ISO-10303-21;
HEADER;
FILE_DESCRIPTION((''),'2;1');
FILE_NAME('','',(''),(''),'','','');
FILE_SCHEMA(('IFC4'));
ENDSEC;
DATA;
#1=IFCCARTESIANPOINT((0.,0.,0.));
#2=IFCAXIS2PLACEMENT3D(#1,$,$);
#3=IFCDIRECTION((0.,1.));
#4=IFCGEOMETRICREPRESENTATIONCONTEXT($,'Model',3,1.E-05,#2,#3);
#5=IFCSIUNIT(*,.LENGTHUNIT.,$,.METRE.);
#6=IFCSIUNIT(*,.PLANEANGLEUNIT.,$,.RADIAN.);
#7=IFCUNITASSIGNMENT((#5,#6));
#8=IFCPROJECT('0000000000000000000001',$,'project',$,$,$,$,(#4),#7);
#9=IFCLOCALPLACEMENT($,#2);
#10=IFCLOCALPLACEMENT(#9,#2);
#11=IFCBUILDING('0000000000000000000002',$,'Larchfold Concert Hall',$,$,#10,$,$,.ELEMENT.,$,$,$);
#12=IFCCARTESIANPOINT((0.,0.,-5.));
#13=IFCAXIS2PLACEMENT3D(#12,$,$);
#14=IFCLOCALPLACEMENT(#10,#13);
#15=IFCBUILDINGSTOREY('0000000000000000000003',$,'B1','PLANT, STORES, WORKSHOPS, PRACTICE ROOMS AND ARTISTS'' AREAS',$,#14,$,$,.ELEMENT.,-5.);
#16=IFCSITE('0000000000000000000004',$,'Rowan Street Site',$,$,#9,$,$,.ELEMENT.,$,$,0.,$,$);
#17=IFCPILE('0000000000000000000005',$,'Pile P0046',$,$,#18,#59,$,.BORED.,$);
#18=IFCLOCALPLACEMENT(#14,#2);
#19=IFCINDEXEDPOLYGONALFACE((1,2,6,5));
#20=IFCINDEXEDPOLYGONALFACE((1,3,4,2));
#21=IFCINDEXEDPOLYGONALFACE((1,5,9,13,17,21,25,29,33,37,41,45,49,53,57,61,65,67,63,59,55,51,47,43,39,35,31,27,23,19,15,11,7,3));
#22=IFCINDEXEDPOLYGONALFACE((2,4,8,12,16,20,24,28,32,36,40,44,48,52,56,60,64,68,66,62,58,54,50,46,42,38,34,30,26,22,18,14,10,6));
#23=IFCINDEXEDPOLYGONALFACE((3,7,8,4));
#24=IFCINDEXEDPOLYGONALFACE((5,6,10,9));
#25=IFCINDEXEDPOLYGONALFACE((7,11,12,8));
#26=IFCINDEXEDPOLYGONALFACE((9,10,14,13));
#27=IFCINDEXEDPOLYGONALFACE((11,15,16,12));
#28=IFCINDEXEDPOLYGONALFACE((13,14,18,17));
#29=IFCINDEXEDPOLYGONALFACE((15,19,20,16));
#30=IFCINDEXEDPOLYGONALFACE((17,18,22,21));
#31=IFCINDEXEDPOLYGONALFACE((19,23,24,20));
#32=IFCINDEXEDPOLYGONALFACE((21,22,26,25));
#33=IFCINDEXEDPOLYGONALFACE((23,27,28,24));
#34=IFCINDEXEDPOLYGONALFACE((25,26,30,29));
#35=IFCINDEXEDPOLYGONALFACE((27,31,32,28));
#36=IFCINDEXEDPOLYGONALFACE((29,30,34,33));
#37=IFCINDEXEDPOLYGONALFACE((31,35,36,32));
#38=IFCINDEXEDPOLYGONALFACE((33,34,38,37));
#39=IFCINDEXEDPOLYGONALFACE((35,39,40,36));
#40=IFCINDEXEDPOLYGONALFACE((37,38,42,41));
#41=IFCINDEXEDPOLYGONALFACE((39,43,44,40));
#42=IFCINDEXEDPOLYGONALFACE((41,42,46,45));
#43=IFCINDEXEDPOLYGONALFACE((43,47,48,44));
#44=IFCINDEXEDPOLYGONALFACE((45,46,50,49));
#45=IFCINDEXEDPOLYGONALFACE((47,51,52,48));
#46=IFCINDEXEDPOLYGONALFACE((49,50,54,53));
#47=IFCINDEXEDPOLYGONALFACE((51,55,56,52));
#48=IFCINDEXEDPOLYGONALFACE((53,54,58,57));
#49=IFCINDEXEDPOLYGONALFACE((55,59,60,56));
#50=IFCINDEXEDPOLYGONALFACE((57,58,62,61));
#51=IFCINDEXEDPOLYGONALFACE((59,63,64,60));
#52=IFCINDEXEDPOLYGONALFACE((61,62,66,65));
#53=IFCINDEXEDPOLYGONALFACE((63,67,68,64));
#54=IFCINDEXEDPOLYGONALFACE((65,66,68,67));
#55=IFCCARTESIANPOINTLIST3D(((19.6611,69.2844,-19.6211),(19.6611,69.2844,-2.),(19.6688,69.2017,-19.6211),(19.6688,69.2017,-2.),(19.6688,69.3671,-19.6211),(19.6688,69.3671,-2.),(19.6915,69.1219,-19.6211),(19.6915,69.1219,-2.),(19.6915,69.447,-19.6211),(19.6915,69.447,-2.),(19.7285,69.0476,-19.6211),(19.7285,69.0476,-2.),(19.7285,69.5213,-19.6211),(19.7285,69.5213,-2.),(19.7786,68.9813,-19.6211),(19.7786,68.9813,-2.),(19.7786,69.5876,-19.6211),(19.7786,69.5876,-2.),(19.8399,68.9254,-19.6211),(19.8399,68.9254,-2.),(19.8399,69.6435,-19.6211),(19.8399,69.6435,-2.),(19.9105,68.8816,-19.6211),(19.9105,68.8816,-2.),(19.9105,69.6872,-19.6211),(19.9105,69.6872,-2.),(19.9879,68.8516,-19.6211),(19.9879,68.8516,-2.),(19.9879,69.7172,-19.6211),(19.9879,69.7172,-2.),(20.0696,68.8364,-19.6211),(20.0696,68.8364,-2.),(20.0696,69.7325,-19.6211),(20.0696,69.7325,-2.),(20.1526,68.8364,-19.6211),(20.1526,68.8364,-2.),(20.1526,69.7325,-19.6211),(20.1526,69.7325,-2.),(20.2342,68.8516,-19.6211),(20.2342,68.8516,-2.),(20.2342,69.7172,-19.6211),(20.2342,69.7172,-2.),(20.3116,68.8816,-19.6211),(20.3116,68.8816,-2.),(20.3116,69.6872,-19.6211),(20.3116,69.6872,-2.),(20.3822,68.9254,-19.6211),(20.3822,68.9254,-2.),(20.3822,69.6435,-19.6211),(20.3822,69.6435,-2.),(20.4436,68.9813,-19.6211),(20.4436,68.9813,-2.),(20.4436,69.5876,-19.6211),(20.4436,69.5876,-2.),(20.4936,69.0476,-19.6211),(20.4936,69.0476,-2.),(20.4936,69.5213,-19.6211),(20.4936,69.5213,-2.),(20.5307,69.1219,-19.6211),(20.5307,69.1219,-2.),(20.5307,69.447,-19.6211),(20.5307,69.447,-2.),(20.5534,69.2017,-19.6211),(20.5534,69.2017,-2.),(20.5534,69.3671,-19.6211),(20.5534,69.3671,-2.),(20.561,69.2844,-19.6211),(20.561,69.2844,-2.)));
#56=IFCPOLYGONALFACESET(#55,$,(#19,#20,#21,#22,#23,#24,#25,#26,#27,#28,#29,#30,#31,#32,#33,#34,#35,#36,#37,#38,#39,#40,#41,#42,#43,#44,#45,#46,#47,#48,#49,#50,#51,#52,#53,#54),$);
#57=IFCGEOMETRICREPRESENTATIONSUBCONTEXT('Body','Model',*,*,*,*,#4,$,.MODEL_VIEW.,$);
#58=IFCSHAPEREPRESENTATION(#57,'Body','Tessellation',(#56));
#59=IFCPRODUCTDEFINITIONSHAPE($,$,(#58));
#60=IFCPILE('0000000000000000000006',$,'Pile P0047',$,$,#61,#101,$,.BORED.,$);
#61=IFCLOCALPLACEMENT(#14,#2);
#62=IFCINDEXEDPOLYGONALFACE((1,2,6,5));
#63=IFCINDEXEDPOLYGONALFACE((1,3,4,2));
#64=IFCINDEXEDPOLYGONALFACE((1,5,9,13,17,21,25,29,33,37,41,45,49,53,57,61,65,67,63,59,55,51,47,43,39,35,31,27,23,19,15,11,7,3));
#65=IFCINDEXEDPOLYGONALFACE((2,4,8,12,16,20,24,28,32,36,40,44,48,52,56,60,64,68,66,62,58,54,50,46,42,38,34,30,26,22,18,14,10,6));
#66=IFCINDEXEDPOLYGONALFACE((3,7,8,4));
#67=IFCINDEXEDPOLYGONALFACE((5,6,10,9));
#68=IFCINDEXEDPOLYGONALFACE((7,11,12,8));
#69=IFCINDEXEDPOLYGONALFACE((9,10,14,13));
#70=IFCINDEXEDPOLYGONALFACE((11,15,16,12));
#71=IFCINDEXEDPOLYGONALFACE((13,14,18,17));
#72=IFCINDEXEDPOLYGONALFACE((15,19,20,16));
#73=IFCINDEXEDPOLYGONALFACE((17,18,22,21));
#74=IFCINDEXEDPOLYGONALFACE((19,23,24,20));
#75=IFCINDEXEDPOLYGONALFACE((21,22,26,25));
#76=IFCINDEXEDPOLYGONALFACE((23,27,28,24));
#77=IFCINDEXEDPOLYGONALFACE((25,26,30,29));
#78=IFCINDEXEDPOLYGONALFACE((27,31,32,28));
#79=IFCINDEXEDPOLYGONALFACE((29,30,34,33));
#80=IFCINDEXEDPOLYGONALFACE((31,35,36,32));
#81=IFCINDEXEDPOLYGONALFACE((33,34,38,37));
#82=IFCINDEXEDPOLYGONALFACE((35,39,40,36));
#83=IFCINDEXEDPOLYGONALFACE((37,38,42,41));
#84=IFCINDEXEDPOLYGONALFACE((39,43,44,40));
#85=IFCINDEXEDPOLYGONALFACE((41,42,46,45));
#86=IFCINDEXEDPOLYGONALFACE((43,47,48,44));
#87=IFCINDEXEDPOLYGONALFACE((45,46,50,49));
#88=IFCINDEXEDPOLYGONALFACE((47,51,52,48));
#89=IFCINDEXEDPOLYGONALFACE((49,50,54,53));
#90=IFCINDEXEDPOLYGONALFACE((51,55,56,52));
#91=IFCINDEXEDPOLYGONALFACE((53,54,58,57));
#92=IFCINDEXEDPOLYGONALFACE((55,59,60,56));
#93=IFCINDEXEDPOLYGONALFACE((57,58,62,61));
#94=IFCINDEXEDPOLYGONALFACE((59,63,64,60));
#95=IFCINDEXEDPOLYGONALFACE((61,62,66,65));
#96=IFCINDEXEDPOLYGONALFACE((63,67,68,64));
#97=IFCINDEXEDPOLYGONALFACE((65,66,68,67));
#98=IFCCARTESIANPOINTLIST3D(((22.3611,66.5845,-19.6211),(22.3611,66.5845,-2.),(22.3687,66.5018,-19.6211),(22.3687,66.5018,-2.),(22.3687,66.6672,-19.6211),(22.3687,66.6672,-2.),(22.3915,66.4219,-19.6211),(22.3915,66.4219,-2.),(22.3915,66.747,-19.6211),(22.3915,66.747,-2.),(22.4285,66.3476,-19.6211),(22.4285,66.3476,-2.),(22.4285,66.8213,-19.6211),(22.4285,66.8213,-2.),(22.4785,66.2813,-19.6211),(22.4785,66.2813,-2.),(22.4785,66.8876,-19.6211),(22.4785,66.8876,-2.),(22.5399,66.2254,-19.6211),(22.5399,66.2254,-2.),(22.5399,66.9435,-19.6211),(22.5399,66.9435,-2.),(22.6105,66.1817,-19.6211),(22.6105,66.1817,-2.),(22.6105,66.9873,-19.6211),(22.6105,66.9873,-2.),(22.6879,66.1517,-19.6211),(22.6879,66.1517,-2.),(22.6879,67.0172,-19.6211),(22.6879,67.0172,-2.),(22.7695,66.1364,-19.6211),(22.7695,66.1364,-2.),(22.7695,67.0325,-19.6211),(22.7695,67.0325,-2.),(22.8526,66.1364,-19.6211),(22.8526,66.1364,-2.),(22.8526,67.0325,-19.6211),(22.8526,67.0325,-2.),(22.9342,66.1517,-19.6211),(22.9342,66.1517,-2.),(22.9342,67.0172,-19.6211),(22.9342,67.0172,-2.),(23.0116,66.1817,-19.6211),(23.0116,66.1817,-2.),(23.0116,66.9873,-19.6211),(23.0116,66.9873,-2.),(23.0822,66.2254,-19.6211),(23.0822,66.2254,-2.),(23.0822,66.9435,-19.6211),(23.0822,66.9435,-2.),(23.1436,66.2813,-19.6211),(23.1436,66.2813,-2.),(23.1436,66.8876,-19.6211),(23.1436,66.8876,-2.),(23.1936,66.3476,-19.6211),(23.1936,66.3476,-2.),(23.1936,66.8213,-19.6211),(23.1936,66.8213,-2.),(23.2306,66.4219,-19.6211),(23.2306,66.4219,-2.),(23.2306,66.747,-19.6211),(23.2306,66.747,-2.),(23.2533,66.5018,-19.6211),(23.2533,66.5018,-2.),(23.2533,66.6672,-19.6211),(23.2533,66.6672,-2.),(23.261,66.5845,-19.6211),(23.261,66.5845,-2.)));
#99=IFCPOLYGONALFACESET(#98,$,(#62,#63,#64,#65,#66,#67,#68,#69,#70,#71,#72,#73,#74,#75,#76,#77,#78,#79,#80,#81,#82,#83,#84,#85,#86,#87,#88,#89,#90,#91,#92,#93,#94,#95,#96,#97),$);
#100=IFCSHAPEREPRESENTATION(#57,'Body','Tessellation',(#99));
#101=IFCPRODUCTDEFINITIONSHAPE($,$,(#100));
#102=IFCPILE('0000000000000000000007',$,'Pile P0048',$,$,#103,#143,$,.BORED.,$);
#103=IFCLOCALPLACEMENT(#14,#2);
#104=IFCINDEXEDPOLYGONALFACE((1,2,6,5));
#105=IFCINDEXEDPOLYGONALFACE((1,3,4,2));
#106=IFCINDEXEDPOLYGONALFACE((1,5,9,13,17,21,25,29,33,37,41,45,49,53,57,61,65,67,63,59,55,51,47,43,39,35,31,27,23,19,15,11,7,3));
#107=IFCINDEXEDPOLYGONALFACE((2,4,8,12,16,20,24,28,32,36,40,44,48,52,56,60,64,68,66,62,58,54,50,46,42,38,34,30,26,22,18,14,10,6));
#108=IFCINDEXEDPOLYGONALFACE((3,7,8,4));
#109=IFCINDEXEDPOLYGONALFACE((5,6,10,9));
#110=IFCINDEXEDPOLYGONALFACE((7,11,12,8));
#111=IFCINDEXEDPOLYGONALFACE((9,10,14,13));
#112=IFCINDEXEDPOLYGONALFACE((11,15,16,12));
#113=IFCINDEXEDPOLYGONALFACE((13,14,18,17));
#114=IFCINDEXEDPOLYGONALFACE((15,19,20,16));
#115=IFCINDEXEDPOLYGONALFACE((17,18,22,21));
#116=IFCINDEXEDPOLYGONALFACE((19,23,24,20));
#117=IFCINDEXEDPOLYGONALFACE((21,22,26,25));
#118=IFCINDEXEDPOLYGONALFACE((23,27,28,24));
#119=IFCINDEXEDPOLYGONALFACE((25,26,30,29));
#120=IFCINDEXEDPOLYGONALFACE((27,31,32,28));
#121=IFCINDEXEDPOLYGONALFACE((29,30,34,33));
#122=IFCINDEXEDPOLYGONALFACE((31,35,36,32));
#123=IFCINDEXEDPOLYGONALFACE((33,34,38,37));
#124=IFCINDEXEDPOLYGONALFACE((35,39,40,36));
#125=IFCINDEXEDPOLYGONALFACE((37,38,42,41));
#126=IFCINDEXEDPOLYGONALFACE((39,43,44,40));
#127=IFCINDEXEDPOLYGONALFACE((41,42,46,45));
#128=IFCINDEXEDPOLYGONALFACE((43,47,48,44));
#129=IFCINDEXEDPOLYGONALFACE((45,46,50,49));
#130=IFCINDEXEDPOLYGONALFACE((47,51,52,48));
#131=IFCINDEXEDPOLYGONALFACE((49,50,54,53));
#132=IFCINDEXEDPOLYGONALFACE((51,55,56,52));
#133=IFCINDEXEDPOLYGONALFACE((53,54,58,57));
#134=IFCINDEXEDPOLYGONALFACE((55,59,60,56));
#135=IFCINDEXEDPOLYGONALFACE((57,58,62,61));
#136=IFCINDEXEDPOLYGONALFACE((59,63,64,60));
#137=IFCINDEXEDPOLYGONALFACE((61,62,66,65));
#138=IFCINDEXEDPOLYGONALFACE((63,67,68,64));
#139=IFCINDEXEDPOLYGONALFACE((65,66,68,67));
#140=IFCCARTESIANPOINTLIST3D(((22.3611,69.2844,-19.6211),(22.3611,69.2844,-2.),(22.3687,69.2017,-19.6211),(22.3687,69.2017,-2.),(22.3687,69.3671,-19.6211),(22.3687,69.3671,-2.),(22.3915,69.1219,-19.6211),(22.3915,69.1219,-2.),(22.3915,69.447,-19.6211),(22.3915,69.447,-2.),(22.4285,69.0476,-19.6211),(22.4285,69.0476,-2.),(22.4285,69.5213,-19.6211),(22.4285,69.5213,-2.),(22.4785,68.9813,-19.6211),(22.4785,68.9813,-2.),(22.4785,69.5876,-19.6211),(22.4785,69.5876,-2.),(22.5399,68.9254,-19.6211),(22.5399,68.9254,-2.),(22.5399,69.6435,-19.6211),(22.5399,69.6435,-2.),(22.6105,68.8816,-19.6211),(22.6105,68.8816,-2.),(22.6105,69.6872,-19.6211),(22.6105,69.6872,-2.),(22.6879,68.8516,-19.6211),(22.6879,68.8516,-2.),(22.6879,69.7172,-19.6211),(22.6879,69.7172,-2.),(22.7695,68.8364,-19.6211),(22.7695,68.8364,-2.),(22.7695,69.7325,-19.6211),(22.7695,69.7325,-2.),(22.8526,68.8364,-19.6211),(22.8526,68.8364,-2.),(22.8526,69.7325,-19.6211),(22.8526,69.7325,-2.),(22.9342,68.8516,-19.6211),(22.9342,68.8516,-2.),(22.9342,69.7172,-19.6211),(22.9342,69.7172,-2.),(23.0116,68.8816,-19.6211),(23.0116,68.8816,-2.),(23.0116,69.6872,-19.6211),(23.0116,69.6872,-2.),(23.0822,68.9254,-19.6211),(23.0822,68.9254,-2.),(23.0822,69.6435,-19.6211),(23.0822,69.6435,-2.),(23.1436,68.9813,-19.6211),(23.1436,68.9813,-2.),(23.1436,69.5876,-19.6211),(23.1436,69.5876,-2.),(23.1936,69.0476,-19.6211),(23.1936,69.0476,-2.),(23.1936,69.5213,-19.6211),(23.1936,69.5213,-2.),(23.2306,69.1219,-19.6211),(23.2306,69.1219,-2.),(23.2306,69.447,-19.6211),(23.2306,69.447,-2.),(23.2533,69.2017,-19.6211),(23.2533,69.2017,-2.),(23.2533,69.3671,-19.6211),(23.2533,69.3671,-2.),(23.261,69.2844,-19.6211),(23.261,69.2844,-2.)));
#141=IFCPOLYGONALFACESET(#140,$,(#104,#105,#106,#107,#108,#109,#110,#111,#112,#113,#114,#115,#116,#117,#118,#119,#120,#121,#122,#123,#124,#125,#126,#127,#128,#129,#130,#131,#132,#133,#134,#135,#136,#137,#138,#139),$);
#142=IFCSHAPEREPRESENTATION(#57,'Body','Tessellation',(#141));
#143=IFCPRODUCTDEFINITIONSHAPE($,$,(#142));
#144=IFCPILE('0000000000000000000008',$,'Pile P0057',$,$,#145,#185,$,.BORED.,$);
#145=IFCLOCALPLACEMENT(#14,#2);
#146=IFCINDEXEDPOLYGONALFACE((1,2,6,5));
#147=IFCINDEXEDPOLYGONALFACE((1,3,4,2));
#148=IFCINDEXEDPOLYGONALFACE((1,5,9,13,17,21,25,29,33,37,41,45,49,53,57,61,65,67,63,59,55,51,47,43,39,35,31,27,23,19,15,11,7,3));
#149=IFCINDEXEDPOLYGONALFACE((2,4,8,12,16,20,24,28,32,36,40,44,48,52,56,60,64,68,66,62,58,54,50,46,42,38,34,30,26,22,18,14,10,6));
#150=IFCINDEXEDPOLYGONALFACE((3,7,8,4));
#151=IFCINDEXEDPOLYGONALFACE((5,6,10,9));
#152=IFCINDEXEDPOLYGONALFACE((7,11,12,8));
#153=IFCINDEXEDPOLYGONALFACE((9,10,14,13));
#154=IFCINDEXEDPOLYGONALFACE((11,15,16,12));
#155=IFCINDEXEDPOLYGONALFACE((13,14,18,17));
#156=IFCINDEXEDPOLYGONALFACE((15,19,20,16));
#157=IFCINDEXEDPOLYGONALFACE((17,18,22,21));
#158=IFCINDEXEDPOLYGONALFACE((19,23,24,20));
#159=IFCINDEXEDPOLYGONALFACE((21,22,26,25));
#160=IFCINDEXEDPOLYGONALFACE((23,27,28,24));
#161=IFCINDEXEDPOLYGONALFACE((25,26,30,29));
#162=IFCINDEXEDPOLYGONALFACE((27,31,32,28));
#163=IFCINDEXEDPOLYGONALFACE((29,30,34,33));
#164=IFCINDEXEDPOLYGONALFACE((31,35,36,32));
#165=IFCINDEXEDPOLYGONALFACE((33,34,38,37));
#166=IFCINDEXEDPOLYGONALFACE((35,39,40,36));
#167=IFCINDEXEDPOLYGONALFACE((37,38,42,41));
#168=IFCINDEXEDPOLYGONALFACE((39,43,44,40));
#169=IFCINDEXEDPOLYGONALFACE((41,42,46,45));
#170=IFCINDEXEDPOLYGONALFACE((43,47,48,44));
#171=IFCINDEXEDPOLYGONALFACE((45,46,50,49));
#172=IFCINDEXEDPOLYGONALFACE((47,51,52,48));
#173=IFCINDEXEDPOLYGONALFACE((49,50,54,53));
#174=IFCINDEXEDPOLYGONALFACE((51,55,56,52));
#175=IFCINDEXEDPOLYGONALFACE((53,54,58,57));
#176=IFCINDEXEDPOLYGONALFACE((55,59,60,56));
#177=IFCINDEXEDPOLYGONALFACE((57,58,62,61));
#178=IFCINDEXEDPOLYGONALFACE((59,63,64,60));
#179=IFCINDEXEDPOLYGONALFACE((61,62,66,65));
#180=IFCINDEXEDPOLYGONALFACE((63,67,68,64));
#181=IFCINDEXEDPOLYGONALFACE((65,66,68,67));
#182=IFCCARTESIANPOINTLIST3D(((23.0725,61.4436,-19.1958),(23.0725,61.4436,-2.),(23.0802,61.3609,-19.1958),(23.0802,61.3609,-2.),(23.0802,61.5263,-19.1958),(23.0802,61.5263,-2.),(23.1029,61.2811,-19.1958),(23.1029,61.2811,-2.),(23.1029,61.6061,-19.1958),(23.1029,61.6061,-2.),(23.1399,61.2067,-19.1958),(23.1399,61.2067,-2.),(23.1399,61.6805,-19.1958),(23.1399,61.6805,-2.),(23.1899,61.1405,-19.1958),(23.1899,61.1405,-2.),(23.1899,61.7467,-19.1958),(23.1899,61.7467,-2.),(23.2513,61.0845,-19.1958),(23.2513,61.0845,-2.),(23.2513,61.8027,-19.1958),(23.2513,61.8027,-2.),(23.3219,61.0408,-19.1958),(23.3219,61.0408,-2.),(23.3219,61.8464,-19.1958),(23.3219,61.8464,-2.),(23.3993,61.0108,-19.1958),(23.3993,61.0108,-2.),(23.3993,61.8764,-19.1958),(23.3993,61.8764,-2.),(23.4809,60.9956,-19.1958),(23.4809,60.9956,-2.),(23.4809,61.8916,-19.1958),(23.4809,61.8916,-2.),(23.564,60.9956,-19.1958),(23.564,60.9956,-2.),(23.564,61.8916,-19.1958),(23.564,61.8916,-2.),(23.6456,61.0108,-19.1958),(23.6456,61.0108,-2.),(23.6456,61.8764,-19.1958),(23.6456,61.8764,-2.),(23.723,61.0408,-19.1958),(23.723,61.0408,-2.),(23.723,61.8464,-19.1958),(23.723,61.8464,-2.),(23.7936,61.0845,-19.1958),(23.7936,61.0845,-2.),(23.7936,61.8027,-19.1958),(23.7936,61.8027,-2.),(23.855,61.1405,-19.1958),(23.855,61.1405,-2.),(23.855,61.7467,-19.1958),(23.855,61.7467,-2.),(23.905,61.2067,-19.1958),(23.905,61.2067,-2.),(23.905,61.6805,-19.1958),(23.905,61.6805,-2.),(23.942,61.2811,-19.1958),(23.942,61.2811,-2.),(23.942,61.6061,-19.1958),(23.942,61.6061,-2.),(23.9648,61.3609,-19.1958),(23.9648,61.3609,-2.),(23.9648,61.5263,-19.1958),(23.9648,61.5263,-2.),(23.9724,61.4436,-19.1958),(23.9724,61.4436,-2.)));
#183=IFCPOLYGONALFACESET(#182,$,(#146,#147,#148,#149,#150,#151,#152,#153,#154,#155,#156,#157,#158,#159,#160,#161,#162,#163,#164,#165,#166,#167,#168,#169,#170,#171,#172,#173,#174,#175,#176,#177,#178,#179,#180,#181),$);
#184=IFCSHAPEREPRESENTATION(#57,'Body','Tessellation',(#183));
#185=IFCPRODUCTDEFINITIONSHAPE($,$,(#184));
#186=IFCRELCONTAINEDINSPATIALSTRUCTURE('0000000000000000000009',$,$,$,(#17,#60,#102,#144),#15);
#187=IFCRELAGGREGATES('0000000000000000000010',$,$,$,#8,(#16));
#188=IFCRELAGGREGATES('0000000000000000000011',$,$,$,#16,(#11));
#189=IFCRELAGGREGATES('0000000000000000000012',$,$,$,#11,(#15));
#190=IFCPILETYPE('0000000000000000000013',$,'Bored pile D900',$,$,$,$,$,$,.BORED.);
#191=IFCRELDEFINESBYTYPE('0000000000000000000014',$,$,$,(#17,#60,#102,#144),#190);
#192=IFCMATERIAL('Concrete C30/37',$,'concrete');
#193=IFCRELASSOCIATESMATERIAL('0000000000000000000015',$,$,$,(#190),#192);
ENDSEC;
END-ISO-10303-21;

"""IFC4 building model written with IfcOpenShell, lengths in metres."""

from ifc_helpers import new_model, si_unit, direction, frame, origin, origin_2d, place, context, subcontext, project, spatial, circle, extrude, material, material_profile, profile_set, type_object, element, save


model = new_model("IFC4")

# Units and contexts
model_context = context("Model", 3, precision=1e-05, world=origin(), true_north=direction((0.0, 1.0)))
body_context = subcontext(model_context, "Body", "Model", "MODEL_VIEW")
ifc_project = project(units=[si_unit("LENGTHUNIT", "METRE"), si_unit("PLANEANGLEUNIT", "RADIAN")], contexts=[model_context])

# Site, building, storey
site_placement = place(None, origin())
site = spatial("IfcSite", under=ifc_project, at=site_placement, Name="Rowan Street Site", CompositionType="ELEMENT", RefElevation=0.0)
building_placement = place(site_placement, origin())
building = spatial("IfcBuilding", under=site, at=building_placement, Name="Larchfold Concert Hall", CompositionType="ELEMENT")
storey_placement = place(building_placement, frame((0.0, 0.0, -5.0)))
storey = spatial("IfcBuildingStorey", under=building, at=storey_placement, Name="B1", Description="PLANT, STORES, WORKSHOPS, PRACTICE ROOMS AND ARTISTS' AREAS", CompositionType="ELEMENT", Elevation=-5.0)

# Piles
ifc_material_1 = material(Name="Concrete C30/37", Category="concrete")
ifc_material_profile_1 = material_profile(ifc_material_1, circle(Radius=0.45, at=origin_2d()))
ifc_profile_set_1 = profile_set([ifc_material_profile_1], Name="Concrete C30/37")
pile_type_1 = type_object("IfcPileType", Name="Bored pile D900", PredefinedType="BORED", material=ifc_profile_set_1)
for number, where, z_axis, x_axis, name in (
    (1, (20.1111, 69.2844, -2.0), (0.0, 0.0, -1.0), (1.0, 0.0, 0.0), "Pile P0046"),
    (2, (22.811, 66.5845, -2.0), (0.0, 0.0, -1.0), (1.0, 0.0, 0.0), "Pile P0047"),
    (3, (22.811, 69.2844, -2.0), (0.0, 0.0, -1.0), (1.0, 0.0, 0.0), "Pile P0048"),
):
    element("IfcPile", number, at=place(storey_placement, frame(where, z_axis=z_axis, x_axis=x_axis)), inside=storey, type_object=pile_type_1, Name=name, PredefinedType="BORED", context=body_context, shape_type="SweptSolid", body=[
        extrude(circle(Radius=0.45, at=origin_2d()), origin(), (0.0, 0.0, 1.0), 17.6211),
    ])
for number, where, z_axis, x_axis, name in (
    (4, (23.5225, 61.4436, -2.0), (0.0, 0.0, -1.0), (1.0, 0.0, 0.0), "Pile P0057"),
):
    element("IfcPile", number, at=place(storey_placement, frame(where, z_axis=z_axis, x_axis=x_axis)), inside=storey, type_object=pile_type_1, Name=name, PredefinedType="BORED", context=body_context, shape_type="SweptSolid", body=[
        extrude(circle(Radius=0.45, at=origin_2d()), origin(), (0.0, 0.0, 1.0), 17.1958),
    ])

save(model, "model.ifc")
